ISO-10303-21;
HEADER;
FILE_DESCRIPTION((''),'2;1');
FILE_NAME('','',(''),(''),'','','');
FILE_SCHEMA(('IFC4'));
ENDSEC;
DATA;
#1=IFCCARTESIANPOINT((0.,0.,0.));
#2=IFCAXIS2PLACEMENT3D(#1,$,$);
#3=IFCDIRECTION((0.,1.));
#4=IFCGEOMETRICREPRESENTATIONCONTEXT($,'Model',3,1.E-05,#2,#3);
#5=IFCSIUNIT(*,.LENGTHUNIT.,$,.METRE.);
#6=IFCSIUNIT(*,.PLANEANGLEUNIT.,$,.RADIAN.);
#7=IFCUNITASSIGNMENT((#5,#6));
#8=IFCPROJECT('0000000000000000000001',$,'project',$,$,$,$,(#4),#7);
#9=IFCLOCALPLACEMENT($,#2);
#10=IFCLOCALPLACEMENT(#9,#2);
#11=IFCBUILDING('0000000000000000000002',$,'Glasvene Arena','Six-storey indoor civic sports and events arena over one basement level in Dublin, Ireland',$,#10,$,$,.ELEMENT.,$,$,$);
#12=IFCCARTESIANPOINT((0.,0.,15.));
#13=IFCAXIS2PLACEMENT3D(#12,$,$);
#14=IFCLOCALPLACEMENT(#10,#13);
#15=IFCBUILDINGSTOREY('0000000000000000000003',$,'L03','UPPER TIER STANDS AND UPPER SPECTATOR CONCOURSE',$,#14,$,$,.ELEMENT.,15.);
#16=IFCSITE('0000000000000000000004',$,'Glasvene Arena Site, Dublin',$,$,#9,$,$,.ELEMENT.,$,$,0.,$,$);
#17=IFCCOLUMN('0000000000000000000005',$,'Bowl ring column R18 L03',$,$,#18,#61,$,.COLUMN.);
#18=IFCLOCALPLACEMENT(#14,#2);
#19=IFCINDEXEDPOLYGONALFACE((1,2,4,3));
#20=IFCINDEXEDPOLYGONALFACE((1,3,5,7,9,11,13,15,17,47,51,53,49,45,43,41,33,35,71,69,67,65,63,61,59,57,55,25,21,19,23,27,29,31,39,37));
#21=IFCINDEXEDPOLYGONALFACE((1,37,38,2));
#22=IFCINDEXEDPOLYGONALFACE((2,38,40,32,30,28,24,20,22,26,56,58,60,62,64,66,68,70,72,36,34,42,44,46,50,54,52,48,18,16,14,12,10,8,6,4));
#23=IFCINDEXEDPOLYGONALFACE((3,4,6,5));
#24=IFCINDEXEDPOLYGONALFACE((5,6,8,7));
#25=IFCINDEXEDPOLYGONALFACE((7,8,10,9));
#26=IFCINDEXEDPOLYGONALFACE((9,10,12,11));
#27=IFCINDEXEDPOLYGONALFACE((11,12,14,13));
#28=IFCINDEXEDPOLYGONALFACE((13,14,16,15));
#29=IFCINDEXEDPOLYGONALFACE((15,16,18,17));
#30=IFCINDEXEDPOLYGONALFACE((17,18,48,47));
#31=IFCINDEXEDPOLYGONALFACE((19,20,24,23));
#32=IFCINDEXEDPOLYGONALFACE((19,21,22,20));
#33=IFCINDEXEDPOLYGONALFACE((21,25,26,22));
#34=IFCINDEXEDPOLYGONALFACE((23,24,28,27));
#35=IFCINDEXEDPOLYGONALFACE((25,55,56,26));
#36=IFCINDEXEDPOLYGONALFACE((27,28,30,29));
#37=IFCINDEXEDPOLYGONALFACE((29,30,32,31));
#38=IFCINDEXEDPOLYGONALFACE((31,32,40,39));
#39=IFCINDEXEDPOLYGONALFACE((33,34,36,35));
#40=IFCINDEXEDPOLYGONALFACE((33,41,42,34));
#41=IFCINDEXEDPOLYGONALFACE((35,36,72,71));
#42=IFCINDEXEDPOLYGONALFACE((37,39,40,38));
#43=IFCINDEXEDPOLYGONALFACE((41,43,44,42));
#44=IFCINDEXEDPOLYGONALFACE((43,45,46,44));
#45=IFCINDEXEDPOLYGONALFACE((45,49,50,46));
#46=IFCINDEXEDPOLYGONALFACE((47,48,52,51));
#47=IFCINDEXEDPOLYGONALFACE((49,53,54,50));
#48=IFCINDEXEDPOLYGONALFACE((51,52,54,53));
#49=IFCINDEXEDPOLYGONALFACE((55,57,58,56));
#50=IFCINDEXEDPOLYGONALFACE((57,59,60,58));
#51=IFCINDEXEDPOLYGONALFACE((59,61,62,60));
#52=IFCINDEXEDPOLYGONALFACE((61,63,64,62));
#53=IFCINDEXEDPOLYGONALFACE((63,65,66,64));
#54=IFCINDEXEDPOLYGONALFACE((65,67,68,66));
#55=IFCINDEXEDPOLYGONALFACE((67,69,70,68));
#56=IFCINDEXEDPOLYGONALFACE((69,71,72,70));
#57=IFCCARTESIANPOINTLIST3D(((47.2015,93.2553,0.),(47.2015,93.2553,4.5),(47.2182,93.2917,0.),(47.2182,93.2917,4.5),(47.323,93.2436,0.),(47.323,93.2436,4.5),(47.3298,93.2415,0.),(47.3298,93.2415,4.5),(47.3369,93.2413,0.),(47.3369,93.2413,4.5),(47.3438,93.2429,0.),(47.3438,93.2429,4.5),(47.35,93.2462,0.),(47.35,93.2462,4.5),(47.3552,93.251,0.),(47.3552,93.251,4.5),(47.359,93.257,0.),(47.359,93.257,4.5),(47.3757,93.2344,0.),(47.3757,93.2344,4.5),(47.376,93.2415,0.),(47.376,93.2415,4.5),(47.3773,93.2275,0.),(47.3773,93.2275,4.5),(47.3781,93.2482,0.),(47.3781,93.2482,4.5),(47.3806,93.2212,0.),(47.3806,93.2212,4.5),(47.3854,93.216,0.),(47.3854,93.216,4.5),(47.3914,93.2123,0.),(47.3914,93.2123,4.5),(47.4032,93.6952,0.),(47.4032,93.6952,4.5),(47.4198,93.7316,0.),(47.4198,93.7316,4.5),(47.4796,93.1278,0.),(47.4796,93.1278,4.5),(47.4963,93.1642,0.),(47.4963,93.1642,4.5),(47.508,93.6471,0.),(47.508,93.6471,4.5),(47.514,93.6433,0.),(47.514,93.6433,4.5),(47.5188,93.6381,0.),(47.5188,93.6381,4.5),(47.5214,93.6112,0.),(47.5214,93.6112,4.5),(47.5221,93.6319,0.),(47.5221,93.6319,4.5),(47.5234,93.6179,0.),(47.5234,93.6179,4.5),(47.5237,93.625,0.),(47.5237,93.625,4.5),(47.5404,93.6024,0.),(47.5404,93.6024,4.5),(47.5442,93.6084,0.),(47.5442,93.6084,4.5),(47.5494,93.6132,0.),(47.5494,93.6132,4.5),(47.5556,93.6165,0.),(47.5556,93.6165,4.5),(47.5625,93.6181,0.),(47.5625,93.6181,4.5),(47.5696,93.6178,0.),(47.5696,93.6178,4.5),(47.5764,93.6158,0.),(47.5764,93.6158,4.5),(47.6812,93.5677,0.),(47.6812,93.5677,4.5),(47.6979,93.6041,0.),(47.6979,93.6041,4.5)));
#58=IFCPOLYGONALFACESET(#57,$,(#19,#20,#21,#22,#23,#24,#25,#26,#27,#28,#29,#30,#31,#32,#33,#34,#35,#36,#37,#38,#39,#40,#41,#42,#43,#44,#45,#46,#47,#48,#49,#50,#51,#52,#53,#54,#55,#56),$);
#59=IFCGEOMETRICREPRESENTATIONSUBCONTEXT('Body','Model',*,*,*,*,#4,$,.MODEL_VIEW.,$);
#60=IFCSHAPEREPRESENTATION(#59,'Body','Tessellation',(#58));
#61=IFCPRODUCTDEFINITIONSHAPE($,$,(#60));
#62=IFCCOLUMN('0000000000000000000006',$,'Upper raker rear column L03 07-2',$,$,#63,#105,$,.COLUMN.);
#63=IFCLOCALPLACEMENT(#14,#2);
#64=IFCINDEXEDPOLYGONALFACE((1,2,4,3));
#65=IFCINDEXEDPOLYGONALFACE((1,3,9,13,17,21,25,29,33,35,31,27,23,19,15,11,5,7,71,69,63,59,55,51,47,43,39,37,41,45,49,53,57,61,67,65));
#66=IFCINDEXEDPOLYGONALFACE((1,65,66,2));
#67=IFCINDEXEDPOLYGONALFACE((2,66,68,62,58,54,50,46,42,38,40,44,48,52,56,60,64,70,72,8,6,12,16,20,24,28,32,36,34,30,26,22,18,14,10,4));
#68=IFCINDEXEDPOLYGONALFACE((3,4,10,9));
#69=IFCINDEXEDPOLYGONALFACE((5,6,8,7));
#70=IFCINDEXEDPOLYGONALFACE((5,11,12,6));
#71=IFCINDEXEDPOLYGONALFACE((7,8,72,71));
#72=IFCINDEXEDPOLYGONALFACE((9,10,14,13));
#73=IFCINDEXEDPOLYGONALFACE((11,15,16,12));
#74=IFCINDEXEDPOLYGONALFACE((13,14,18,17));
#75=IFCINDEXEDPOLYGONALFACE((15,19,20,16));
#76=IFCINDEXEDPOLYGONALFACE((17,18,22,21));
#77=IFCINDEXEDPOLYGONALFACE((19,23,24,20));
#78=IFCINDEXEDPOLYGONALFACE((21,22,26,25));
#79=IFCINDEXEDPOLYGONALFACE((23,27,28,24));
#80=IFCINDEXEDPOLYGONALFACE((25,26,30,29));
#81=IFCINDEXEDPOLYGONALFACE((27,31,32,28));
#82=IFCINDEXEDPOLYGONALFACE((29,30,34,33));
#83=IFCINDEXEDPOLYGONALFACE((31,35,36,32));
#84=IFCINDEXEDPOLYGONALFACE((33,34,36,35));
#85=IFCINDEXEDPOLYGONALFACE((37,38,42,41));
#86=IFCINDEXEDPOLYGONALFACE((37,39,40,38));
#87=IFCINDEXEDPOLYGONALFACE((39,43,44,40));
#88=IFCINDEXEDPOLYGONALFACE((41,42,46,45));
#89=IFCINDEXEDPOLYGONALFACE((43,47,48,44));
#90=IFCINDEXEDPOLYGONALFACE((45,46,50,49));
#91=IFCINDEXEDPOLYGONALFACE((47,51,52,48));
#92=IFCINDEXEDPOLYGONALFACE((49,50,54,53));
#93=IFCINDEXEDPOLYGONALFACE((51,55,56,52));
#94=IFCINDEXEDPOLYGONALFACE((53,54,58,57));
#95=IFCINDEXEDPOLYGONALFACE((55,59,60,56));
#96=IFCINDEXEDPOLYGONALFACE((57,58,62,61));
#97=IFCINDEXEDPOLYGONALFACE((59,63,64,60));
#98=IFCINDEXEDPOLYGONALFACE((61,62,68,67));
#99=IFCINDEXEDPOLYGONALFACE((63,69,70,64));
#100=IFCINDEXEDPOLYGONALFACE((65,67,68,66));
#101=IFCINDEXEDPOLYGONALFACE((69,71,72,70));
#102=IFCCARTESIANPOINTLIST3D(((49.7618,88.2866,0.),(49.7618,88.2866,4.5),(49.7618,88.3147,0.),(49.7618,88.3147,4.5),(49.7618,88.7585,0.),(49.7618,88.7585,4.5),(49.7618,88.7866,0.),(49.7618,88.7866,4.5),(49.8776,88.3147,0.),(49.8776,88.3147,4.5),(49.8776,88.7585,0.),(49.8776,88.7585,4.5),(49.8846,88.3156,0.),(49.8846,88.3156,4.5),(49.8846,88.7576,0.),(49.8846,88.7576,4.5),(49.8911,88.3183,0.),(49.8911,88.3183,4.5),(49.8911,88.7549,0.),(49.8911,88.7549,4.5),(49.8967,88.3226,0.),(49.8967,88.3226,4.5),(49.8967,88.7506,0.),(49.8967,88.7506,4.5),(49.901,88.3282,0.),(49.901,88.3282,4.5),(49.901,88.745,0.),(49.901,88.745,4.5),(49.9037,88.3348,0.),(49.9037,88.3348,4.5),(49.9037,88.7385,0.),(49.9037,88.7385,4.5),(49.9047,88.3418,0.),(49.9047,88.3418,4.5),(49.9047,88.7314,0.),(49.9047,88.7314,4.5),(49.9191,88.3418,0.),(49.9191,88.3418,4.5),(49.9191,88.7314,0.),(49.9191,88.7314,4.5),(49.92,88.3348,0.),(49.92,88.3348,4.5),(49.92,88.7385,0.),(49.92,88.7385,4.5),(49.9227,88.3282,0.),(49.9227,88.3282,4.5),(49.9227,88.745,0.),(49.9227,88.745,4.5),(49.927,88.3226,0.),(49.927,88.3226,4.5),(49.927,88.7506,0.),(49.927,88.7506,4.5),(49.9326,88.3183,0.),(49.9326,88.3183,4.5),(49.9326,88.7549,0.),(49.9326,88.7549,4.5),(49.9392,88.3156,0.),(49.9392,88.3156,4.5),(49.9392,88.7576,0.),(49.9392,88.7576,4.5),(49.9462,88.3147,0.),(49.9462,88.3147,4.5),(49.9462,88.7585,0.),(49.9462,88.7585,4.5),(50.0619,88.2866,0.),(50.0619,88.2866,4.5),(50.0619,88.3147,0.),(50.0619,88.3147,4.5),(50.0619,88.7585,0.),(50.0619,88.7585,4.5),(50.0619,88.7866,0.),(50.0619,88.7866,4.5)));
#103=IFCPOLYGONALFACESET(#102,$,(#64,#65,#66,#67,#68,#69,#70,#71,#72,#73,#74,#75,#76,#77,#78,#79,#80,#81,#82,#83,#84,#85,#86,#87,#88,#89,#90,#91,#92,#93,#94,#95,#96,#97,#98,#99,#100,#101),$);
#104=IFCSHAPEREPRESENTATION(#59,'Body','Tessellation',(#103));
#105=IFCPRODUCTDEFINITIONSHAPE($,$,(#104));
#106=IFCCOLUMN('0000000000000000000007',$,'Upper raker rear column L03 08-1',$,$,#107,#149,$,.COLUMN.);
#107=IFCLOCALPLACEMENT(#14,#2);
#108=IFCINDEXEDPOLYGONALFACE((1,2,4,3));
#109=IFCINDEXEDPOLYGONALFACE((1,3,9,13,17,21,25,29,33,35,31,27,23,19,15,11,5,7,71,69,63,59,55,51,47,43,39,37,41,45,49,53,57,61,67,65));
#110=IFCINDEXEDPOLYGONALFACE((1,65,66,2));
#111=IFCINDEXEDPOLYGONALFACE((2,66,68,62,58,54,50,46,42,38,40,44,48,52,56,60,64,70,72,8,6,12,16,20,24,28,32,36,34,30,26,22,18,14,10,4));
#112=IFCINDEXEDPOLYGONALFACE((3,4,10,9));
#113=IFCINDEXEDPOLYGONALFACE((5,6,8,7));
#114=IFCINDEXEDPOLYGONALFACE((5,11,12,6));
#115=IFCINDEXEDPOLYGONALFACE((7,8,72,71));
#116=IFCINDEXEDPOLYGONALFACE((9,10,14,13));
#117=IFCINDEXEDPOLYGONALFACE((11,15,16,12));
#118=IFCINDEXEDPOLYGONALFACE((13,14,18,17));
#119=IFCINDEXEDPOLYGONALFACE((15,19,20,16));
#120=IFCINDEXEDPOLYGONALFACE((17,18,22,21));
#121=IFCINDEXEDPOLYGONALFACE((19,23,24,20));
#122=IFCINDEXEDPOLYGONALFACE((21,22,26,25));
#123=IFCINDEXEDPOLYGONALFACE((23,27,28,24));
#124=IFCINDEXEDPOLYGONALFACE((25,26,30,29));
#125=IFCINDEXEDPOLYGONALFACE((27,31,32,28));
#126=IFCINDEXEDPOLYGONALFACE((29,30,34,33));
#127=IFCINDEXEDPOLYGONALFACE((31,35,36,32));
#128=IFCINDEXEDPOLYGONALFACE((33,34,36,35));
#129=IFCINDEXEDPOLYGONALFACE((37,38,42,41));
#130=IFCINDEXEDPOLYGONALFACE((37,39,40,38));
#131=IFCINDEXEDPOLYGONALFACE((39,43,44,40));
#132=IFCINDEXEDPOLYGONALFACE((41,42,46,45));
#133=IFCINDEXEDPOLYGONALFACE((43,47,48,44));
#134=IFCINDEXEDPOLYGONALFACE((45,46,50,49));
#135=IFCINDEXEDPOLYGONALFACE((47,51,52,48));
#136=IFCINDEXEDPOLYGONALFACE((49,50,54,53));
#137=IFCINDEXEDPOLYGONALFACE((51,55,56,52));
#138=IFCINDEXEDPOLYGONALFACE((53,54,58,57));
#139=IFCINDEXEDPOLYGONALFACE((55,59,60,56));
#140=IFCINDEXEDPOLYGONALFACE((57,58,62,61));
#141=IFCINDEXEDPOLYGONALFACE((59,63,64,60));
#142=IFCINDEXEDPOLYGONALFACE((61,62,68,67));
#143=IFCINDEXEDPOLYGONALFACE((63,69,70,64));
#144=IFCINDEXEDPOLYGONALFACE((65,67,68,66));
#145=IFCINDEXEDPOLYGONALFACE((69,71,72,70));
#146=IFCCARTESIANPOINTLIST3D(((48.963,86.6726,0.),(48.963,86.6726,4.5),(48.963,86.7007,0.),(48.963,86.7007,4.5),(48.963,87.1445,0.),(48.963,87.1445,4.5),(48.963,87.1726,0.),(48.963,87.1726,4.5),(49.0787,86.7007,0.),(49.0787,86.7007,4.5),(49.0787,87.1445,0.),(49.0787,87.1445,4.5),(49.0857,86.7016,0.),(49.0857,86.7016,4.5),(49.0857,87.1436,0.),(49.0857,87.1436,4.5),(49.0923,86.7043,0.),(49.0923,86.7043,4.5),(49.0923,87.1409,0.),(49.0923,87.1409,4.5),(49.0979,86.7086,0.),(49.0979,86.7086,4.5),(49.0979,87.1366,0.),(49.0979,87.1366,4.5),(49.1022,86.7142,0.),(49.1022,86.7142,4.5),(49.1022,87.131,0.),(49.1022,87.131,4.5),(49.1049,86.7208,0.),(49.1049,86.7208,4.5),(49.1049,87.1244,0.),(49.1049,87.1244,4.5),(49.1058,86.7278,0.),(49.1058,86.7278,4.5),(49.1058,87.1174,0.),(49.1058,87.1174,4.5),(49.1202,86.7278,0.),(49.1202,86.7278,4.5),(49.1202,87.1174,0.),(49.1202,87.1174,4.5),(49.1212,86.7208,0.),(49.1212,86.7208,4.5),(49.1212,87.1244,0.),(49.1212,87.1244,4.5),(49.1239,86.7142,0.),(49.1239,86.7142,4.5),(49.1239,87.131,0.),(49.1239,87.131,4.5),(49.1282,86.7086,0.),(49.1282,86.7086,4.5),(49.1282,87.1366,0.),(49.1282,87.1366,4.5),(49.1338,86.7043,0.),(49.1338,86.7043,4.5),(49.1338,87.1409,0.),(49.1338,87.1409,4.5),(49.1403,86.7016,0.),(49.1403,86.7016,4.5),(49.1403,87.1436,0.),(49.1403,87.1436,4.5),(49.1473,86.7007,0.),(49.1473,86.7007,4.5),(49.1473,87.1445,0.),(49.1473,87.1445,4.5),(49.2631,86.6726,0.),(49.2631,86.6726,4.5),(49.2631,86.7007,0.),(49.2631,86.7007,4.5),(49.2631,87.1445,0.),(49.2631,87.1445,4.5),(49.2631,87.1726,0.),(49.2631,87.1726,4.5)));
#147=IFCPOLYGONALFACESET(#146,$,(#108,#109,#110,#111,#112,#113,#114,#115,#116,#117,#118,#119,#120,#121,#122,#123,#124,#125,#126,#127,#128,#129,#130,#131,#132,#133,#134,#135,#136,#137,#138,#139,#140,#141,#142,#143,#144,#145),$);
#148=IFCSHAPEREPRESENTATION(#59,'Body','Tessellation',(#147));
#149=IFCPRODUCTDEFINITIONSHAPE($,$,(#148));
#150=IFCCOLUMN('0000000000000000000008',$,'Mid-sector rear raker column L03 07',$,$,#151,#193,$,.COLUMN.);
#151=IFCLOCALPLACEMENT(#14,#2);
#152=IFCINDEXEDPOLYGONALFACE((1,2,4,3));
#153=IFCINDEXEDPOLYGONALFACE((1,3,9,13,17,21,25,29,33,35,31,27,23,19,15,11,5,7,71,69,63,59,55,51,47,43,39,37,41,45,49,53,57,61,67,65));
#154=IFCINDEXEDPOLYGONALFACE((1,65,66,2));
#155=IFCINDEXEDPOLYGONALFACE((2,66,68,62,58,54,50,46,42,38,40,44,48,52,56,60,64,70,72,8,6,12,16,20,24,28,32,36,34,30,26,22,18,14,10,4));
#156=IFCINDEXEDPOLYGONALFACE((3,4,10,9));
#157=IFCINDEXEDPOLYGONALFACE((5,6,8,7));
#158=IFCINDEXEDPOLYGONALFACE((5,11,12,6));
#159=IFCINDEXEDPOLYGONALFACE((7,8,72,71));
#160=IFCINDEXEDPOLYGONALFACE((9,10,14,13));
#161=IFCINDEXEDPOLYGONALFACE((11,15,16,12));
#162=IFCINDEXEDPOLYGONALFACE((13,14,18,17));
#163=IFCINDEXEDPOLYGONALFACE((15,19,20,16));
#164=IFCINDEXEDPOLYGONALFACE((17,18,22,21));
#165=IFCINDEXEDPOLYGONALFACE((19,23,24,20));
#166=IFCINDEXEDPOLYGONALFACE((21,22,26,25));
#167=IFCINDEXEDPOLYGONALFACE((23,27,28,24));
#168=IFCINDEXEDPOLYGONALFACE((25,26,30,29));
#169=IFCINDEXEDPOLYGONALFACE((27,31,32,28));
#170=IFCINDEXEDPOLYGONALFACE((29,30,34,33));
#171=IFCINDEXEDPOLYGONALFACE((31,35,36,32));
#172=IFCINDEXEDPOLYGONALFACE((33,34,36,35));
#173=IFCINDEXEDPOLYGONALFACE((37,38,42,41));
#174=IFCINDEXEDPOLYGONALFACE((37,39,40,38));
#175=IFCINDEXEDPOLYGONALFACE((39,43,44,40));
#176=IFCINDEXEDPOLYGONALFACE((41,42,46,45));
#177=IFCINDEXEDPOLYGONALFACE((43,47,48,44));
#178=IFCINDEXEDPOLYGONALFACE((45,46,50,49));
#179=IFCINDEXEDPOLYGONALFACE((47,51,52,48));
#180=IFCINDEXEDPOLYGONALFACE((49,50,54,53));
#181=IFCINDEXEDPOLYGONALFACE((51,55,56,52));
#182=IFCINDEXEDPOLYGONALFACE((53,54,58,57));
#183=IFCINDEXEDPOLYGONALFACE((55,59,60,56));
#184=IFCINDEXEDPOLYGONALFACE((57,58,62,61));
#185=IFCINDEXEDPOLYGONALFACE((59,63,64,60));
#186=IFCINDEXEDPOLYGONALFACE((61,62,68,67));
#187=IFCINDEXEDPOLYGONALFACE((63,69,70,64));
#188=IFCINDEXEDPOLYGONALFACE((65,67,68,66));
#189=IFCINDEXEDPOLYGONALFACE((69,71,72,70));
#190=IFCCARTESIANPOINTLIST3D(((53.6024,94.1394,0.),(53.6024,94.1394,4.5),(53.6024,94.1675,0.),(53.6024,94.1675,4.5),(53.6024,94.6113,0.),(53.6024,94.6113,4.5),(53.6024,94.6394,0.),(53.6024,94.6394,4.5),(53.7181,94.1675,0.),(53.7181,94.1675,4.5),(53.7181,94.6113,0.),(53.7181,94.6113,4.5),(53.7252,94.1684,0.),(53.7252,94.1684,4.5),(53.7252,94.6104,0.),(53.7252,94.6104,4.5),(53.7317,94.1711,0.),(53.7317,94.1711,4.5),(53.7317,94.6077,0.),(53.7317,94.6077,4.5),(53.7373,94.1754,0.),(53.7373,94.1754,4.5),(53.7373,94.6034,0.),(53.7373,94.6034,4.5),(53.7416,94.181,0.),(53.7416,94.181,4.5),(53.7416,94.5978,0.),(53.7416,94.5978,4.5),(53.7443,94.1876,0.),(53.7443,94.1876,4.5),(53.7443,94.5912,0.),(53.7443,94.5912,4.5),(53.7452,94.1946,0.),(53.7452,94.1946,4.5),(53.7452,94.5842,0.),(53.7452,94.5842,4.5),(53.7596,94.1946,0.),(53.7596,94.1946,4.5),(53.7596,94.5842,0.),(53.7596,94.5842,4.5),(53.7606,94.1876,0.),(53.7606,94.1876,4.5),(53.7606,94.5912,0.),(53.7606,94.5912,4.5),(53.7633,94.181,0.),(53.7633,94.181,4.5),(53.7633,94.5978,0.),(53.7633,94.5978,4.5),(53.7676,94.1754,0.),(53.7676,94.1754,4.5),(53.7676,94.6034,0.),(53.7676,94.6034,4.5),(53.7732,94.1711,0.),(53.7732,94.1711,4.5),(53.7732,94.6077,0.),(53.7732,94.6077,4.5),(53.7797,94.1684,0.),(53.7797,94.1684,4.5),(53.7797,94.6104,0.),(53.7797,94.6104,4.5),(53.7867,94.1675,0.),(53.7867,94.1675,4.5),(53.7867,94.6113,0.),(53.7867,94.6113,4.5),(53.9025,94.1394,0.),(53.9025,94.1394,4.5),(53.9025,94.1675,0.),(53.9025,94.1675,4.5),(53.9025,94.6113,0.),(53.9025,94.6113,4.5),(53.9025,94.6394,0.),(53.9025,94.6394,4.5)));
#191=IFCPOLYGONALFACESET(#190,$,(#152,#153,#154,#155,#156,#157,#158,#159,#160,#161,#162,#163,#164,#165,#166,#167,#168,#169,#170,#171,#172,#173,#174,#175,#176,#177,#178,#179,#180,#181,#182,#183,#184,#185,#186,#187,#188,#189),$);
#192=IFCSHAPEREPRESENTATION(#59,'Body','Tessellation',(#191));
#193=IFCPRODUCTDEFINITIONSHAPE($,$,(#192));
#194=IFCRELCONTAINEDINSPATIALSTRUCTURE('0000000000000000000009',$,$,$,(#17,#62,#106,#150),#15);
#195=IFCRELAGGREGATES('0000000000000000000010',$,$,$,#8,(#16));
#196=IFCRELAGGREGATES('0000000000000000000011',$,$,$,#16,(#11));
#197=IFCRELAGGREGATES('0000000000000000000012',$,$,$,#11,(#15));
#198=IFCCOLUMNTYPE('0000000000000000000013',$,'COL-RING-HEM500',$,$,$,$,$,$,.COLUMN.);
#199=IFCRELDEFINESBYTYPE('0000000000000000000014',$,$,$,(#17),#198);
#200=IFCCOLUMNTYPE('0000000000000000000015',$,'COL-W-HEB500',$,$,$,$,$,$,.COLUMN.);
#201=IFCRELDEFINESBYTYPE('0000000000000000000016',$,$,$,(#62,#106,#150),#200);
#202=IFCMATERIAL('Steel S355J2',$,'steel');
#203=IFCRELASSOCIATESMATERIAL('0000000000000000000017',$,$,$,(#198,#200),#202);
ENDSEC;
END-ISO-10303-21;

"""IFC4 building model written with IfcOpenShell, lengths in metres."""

from ifc_helpers import new_model, si_unit, direction, frame, origin, origin_2d, place, context, subcontext, project, spatial, i_section, extrude, material, material_profile, profile_set, type_object, element, save


model = new_model("IFC4")

# Units and contexts
model_context = context("Model", 3, precision=1e-05, world=origin(), true_north=direction((0.0, 1.0)))
body_context = subcontext(model_context, "Body", "Model", "MODEL_VIEW")
ifc_project = project(units=[si_unit("LENGTHUNIT", "METRE"), si_unit("PLANEANGLEUNIT", "RADIAN")], contexts=[model_context])

# Site, building, storey
site_placement = place(None, origin())
site = spatial("IfcSite", under=ifc_project, at=site_placement, Name="Glasvene Arena Site, Dublin", CompositionType="ELEMENT", RefElevation=0.0)
building_placement = place(site_placement, origin())
building = spatial("IfcBuilding", under=site, at=building_placement, Name="Glasvene Arena", Description="Six-storey indoor civic sports and events arena over one basement level in Dublin, Ireland", CompositionType="ELEMENT")
storey_placement = place(building_placement, frame((0.0, 0.0, 15.0)))
storey = spatial("IfcBuildingStorey", under=building, at=storey_placement, Name="L03", Description="UPPER TIER STANDS AND UPPER SPECTATOR CONCOURSE", CompositionType="ELEMENT", Elevation=15.0)

# Columns
ifc_material_1 = material(Name="Steel S355J2", Category="steel")
ifc_material_profile_1 = material_profile(ifc_material_1, i_section(OverallWidth=0.3059, OverallDepth=0.5239, WebThickness=0.021, FlangeThickness=0.04, FilletRadius=0.0271, at=origin_2d()), Name="HEM 500")
ifc_profile_set_1 = profile_set([ifc_material_profile_1], Name="Steel S355J2")
column_type_1 = type_object("IfcColumnType", Name="COL-RING-HEM500", PredefinedType="COLUMN", material=ifc_profile_set_1)
column_placement = place(storey_placement, frame((47.4497, 93.4297, 0.0), z_axis=(0.0, 0.0, 1.0), x_axis=(-0.909018, 0.416757, 0.0)))
element("IfcColumn", 1, at=column_placement, inside=storey, type_object=column_type_1, Name="Bowl ring column R18 L03", PredefinedType="COLUMN", context=body_context, shape_type="SweptSolid", body=[
    extrude(i_section(OverallWidth=0.3059, OverallDepth=0.5239, WebThickness=0.021, FlangeThickness=0.04, FilletRadius=0.0271, at=origin_2d()), origin(), (0.0, 0.0, 1.0), 4.5),
])
ifc_material_profile_2 = material_profile(ifc_material_1, i_section(OverallWidth=0.3, OverallDepth=0.5, WebThickness=0.0144, FlangeThickness=0.0281, FilletRadius=0.0271, at=origin_2d()), Name="HEB 500")
ifc_profile_set_2 = profile_set([ifc_material_profile_2], Name="Steel S355J2")
column_type_2 = type_object("IfcColumnType", Name="COL-W-HEB500", PredefinedType="COLUMN", material=ifc_profile_set_2)
for number, where, z_axis, x_axis, name in (
    (2, (49.9119, 88.5366, 0.0), (0.0, 0.0, 1.0), (1.0, 0.0, 0.0), "Upper raker rear column L03 07-2"),
    (3, (49.113, 86.9226, 0.0), (0.0, 0.0, 1.0), (1.0, 0.0, 0.0), "Upper raker rear column L03 08-1"),
    (4, (53.7524, 94.3894, 0.0), (0.0, 0.0, 1.0), (1.0, 0.0, 0.0), "Mid-sector rear raker column L03 07"),
):
    element("IfcColumn", number, at=place(storey_placement, frame(where, z_axis=z_axis, x_axis=x_axis)), inside=storey, type_object=column_type_2, Name=name, PredefinedType="COLUMN", context=body_context, shape_type="SweptSolid", body=[
        extrude(i_section(OverallWidth=0.3, OverallDepth=0.5, WebThickness=0.0144, FlangeThickness=0.0281, FilletRadius=0.0271, at=origin_2d()), origin(), (0.0, 0.0, 1.0), 4.5),
    ])

save(model, "model.ifc")
